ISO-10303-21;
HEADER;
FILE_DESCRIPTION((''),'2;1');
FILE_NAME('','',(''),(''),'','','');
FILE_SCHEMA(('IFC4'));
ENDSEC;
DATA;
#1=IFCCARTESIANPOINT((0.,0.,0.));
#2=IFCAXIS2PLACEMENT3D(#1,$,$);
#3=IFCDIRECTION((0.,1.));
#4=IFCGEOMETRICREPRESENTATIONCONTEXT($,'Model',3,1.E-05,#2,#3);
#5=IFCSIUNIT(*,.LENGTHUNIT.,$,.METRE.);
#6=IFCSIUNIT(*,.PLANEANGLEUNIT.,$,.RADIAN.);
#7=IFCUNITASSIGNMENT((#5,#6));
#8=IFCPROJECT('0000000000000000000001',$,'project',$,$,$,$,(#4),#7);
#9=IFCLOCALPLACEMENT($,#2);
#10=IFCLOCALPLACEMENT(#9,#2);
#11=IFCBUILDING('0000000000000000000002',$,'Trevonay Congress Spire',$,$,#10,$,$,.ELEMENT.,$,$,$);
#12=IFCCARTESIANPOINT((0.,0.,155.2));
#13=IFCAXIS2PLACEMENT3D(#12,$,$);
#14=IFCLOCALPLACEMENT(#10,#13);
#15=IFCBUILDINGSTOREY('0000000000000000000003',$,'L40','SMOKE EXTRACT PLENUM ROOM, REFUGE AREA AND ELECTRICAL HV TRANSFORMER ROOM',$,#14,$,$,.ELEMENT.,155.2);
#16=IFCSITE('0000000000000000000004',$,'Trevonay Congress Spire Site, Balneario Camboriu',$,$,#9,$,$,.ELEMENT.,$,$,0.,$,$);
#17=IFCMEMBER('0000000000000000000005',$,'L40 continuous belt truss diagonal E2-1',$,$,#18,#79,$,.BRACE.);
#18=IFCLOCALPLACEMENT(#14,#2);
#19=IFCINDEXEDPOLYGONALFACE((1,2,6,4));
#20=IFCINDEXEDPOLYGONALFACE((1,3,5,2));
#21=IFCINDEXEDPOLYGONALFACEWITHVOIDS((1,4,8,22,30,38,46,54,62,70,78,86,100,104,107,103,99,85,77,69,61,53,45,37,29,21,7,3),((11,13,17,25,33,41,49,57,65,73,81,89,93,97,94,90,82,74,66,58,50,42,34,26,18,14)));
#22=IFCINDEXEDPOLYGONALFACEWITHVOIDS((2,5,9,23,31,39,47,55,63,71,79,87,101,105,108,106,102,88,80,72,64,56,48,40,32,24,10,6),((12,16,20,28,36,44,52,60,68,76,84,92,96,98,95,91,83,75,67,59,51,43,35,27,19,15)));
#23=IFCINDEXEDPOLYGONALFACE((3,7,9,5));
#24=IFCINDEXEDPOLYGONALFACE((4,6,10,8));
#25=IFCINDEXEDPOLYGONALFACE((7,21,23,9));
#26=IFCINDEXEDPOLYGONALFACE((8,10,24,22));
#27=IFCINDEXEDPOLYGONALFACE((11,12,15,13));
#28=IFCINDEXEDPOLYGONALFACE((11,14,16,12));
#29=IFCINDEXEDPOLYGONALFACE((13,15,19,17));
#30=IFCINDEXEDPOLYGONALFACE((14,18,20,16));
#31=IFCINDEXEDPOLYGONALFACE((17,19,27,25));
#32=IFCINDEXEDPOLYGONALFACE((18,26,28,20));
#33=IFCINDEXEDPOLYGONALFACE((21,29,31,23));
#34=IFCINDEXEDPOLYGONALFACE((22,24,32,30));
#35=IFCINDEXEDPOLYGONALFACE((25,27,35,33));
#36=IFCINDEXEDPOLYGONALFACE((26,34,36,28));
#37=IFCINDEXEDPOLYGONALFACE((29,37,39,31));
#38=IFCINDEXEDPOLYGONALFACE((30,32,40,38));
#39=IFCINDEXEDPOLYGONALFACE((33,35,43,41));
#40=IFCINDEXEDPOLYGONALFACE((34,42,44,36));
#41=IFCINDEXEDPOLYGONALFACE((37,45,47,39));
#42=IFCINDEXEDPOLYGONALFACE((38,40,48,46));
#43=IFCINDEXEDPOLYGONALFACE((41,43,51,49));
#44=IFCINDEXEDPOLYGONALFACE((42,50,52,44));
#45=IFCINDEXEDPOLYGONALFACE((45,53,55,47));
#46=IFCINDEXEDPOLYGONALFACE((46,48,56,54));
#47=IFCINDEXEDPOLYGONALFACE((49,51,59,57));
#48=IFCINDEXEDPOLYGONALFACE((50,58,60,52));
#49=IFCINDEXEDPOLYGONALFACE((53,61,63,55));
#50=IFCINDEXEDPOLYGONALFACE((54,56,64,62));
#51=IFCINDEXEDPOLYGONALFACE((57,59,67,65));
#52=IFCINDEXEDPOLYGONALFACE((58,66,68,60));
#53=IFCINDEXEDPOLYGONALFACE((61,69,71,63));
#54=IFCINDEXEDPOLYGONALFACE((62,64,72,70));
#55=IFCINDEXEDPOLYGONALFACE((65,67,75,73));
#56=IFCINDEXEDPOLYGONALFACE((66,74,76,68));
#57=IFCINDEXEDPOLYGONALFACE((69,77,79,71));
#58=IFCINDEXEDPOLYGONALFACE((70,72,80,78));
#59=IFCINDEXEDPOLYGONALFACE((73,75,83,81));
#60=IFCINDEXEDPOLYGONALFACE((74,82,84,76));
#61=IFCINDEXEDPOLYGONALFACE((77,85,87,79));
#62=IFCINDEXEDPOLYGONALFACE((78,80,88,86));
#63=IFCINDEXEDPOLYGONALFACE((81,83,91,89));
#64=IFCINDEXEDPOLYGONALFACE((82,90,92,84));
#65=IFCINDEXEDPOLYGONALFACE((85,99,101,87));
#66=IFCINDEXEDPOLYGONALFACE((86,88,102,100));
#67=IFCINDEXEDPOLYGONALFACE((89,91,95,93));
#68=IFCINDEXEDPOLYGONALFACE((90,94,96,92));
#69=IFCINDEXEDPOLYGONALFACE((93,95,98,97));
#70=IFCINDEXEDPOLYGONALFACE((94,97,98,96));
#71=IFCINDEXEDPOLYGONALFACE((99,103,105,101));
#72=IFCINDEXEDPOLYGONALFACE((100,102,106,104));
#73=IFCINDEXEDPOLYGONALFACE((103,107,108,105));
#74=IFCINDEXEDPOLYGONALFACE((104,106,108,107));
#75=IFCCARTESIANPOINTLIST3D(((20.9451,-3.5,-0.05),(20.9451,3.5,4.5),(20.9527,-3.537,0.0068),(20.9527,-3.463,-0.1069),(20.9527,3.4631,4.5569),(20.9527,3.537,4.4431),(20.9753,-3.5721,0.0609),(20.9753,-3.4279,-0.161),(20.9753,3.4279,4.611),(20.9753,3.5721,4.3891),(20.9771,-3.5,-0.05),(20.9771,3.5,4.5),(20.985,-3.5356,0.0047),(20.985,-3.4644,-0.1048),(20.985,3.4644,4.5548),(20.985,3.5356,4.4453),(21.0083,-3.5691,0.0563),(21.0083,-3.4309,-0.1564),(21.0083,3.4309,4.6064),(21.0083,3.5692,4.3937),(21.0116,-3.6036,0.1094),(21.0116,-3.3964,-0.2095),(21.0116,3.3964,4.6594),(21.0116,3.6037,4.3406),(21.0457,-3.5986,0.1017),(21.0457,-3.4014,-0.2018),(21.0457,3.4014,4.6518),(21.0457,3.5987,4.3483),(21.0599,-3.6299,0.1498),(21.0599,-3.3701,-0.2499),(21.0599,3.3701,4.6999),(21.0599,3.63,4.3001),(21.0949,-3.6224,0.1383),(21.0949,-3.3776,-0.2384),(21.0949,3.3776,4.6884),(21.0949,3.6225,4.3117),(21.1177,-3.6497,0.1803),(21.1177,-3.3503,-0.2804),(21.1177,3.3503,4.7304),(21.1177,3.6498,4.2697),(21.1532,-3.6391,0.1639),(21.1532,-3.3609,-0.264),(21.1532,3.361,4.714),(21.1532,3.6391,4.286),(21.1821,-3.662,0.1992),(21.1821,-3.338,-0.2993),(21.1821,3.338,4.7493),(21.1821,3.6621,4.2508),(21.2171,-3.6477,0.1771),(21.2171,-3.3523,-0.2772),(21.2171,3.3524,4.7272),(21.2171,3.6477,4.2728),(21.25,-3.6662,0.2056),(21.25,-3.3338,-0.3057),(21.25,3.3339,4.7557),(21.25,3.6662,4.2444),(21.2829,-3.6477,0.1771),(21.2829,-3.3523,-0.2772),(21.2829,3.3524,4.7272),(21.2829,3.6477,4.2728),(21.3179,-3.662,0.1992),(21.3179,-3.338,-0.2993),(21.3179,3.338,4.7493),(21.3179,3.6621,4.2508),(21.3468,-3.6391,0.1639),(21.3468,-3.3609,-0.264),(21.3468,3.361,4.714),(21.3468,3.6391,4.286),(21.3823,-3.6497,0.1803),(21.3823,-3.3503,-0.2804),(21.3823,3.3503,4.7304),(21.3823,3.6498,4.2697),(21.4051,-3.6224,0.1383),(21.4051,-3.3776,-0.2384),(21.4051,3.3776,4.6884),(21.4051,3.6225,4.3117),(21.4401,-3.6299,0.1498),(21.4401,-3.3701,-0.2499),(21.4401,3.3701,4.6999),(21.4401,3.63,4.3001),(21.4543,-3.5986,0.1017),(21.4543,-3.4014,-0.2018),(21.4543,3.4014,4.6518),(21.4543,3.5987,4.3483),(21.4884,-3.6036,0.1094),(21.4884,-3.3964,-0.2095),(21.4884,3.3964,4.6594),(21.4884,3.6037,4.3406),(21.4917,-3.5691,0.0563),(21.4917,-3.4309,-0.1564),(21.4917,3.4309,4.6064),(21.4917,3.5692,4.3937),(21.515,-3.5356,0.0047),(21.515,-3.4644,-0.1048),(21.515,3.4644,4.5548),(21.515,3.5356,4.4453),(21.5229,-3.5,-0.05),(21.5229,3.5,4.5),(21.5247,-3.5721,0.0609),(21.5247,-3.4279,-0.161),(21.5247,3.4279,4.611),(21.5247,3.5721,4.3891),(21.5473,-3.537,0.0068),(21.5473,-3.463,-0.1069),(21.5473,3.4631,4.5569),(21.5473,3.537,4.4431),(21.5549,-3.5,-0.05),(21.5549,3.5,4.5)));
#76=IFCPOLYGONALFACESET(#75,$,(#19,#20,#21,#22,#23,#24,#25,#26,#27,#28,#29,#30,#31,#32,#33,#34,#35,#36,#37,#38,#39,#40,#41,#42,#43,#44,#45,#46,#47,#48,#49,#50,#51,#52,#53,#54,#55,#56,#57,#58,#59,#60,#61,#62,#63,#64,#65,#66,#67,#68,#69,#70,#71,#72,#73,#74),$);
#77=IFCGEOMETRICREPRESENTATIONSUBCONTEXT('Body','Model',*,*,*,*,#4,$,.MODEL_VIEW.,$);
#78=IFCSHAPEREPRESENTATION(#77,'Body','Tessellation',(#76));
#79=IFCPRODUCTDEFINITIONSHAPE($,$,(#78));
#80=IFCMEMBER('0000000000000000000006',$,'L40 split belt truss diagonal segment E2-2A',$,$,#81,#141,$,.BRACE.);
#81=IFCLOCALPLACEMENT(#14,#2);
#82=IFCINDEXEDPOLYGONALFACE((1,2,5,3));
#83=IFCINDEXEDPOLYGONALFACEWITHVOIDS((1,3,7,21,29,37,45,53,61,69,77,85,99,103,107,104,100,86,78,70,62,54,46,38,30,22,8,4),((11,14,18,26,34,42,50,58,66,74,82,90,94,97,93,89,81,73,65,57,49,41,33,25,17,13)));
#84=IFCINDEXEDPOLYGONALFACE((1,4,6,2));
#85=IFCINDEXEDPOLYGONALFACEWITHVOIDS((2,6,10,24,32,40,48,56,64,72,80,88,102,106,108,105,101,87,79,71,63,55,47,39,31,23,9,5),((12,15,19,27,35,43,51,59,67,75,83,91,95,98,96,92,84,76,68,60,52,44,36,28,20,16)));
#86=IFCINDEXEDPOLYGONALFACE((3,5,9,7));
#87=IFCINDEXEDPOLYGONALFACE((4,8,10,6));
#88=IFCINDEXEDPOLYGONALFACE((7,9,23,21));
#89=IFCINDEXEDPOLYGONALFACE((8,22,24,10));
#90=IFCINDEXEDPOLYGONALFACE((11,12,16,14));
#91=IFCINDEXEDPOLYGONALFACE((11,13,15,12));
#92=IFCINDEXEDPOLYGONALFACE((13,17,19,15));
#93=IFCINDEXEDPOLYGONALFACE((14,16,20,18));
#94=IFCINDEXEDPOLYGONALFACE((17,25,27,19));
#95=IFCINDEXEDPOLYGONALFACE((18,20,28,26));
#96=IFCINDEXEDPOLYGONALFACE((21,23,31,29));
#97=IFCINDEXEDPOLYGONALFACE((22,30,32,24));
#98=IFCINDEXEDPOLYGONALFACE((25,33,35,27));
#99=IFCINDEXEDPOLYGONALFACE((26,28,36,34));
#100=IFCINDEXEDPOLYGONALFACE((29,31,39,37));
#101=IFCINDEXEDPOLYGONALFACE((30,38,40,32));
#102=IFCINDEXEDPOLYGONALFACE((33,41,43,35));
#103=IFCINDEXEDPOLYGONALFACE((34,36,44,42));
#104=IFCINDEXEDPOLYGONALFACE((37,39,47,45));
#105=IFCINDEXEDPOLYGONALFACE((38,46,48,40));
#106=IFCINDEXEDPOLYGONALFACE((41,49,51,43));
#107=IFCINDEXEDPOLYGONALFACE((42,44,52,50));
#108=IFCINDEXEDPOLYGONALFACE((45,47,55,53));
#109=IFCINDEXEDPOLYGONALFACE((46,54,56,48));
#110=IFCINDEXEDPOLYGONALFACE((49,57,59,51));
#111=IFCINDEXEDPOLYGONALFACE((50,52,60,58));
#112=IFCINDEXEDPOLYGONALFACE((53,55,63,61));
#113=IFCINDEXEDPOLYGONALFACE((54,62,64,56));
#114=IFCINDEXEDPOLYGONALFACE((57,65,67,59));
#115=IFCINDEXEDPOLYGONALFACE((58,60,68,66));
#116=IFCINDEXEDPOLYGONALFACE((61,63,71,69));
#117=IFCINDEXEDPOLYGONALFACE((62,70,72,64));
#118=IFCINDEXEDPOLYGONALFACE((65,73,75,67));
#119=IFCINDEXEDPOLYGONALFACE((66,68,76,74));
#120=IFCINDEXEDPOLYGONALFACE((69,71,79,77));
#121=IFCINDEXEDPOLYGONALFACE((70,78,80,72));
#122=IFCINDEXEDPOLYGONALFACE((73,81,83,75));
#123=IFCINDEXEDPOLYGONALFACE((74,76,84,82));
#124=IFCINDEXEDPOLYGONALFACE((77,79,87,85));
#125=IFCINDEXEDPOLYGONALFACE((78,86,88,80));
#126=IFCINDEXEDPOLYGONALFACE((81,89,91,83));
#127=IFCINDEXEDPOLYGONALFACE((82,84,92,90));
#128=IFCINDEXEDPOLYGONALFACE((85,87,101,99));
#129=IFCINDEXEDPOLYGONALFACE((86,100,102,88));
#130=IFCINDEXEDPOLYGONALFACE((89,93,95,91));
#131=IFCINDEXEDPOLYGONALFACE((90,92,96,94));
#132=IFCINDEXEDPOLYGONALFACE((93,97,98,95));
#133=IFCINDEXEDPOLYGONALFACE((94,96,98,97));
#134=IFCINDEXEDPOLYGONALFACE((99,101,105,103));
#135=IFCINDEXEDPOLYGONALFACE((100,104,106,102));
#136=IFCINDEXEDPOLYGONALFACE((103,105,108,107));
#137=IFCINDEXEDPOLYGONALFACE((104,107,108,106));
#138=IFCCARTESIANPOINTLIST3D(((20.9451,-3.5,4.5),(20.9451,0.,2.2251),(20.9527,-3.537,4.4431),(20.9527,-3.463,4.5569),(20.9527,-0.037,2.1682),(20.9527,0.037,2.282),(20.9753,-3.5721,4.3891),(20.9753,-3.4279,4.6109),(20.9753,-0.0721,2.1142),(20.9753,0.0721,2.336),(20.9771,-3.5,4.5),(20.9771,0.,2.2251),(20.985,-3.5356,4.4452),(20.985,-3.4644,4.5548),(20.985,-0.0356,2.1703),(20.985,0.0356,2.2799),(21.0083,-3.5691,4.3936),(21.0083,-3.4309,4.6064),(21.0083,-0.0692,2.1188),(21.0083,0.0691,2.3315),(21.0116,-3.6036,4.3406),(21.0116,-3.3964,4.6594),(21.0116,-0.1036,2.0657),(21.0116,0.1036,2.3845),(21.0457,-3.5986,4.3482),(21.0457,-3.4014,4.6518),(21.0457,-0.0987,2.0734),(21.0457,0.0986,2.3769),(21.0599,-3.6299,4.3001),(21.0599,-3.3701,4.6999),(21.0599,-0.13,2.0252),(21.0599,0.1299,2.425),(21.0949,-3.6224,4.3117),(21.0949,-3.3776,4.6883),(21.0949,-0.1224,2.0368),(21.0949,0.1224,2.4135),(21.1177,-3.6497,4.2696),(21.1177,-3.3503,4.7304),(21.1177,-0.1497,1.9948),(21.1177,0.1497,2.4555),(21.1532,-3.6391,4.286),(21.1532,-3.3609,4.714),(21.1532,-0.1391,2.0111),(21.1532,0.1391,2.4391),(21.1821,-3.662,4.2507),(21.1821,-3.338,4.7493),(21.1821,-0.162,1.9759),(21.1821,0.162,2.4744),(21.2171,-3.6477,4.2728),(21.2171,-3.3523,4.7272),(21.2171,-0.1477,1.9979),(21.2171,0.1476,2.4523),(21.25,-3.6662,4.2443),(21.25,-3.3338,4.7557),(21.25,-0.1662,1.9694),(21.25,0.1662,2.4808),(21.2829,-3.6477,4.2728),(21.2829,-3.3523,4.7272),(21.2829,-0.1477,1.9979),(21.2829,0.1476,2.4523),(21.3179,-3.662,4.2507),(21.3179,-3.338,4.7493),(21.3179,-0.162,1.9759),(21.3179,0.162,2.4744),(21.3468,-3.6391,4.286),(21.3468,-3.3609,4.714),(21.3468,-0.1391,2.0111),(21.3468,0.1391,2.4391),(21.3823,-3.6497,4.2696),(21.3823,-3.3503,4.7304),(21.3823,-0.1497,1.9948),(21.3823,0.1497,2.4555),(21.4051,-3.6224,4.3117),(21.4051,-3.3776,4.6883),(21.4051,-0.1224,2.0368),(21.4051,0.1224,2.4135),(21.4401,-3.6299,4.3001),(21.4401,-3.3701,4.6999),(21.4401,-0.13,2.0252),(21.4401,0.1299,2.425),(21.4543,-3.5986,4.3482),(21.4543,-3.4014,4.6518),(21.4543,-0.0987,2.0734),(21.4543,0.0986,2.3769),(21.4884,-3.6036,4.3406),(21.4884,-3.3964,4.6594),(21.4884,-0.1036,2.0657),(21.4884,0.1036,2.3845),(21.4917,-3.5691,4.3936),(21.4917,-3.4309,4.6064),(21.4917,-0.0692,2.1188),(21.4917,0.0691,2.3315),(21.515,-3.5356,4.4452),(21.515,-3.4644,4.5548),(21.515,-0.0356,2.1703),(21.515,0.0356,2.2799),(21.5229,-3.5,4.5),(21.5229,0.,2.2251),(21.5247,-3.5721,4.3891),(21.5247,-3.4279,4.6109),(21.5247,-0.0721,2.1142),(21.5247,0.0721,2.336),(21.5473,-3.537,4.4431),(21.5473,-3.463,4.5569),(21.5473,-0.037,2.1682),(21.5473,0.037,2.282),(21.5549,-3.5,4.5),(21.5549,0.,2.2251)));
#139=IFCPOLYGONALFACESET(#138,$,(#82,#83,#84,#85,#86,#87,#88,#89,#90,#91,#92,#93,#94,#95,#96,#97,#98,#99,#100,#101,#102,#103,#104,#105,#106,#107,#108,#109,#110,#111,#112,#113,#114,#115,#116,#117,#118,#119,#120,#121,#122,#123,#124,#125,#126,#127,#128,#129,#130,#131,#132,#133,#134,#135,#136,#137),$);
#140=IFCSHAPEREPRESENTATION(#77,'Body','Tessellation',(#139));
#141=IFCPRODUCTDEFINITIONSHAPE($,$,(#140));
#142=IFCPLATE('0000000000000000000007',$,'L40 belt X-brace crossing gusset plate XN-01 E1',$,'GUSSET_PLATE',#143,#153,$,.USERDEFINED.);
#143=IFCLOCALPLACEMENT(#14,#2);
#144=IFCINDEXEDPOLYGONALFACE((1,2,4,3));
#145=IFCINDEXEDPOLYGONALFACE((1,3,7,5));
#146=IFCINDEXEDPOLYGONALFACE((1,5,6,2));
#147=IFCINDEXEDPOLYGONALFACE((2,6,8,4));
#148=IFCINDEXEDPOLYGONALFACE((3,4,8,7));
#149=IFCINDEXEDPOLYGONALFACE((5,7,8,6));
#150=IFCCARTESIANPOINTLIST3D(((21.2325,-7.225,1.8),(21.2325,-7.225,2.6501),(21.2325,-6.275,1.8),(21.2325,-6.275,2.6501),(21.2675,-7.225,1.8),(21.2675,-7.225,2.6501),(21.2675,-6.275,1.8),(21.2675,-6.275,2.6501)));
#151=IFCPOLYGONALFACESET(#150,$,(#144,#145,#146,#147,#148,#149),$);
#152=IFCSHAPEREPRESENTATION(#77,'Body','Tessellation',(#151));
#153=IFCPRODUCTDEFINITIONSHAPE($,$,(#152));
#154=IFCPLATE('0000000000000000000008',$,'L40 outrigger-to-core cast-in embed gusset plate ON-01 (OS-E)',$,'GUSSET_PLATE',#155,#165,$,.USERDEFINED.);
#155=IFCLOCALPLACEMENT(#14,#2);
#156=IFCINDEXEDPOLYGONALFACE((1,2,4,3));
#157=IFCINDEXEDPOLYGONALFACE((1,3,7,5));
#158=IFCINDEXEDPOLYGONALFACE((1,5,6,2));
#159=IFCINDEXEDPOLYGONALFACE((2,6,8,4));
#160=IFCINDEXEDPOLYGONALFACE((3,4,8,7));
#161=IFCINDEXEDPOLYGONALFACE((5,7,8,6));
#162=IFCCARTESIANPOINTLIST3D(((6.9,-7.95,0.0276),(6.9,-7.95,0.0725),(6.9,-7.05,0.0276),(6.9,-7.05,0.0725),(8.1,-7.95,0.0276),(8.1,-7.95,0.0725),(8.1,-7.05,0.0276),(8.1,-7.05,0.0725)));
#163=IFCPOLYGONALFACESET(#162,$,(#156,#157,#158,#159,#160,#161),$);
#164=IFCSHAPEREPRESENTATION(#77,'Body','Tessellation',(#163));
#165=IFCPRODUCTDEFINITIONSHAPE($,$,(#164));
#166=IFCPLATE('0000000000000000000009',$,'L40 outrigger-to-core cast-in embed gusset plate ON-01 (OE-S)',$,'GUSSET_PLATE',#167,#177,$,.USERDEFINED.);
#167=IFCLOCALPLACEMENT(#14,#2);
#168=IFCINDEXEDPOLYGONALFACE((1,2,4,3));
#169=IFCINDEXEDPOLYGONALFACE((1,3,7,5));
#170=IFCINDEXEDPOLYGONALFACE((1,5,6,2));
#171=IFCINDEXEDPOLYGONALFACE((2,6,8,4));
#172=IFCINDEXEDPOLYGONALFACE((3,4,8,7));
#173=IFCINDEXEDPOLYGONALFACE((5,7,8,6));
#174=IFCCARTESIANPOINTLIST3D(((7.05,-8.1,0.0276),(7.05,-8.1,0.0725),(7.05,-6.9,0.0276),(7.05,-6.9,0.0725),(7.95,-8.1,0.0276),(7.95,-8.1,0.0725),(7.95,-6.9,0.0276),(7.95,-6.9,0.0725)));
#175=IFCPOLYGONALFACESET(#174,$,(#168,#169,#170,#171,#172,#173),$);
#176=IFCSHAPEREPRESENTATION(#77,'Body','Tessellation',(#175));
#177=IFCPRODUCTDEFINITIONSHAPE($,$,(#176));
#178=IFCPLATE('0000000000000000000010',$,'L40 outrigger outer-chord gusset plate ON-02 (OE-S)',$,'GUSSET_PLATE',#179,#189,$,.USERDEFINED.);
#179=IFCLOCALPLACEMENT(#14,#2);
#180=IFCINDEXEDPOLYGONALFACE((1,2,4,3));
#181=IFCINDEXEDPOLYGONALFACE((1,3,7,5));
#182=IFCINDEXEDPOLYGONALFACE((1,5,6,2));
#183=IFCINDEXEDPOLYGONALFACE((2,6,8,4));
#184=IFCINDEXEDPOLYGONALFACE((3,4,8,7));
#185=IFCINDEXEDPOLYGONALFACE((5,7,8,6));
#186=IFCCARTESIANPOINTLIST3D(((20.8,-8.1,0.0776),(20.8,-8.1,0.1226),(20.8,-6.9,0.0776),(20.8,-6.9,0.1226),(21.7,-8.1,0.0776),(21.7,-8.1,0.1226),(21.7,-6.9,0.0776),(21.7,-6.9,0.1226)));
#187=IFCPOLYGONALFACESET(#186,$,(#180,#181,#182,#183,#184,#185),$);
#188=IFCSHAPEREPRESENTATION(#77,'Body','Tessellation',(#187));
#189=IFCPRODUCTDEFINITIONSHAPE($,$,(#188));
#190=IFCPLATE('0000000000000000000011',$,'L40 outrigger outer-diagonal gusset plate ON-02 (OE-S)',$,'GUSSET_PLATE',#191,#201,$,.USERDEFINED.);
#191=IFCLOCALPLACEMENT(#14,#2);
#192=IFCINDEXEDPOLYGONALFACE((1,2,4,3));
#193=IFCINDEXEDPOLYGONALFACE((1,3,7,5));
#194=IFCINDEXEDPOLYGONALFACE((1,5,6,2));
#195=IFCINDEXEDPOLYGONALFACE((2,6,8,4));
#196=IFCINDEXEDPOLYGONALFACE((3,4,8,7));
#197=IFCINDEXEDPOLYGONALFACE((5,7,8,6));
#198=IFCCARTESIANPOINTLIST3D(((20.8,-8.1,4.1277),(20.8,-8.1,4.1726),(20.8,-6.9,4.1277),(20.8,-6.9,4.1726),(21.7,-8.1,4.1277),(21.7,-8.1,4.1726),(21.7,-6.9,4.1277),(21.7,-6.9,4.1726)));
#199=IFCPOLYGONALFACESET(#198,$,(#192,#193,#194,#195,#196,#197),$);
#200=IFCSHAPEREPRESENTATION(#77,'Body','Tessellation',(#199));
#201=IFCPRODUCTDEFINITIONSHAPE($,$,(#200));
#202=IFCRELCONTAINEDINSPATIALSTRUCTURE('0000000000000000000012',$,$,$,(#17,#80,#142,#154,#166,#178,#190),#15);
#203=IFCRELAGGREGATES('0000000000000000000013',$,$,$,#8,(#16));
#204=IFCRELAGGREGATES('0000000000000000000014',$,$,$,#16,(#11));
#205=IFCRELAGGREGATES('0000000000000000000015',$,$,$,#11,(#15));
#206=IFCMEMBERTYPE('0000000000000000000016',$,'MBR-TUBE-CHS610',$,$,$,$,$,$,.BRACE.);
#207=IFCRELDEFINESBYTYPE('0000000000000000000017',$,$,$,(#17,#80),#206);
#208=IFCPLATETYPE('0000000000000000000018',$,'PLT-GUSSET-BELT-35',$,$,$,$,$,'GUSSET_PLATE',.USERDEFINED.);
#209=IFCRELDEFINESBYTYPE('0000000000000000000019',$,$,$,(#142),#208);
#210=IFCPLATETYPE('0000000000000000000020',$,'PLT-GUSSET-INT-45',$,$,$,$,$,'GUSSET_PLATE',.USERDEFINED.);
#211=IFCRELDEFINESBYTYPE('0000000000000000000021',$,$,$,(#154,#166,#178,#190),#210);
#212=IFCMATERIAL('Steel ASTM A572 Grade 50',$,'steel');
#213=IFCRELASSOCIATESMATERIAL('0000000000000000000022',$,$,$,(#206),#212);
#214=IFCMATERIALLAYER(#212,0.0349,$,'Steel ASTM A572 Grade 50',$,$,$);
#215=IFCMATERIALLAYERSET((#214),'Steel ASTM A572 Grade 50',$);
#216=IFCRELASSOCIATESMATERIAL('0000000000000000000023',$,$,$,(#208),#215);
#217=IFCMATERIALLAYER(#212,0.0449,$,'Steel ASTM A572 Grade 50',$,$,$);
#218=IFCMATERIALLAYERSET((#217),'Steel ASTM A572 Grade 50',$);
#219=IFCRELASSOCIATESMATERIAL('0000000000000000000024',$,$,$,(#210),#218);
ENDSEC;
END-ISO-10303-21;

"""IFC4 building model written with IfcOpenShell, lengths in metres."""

from ifc_helpers import new_model, si_unit, direction, frame, origin, origin_2d, place, context, subcontext, project, spatial, rectangle, hollow_circle, extrude, material, layer, layer_set, material_profile, profile_set, type_object, element, save


model = new_model("IFC4")

# Units and contexts
model_context = context("Model", 3, precision=1e-05, world=origin(), true_north=direction((0.0, 1.0)))
body_context = subcontext(model_context, "Body", "Model", "MODEL_VIEW")
ifc_project = project(units=[si_unit("LENGTHUNIT", "METRE"), si_unit("PLANEANGLEUNIT", "RADIAN")], contexts=[model_context])

# Site, building, storey
site_placement = place(None, origin())
site = spatial("IfcSite", under=ifc_project, at=site_placement, Name="Trevonay Congress Spire Site, Balneario Camboriu", CompositionType="ELEMENT", RefElevation=0.0)
building_placement = place(site_placement, origin())
building = spatial("IfcBuilding", under=site, at=building_placement, Name="Trevonay Congress Spire", CompositionType="ELEMENT")
storey_placement = place(building_placement, frame((0.0, 0.0, 155.2)))
storey = spatial("IfcBuildingStorey", under=building, at=storey_placement, Name="L40", Description="SMOKE EXTRACT PLENUM ROOM, REFUGE AREA AND ELECTRICAL HV TRANSFORMER ROOM", CompositionType="ELEMENT", Elevation=155.2)

# Shared definitions
ifc_material_1 = material(Name="Steel ASTM A572 Grade 50", Category="steel")

# Members
ifc_material_profile_1 = material_profile(ifc_material_1, hollow_circle(Radius=0.3049, WallThickness=0.032, at=origin_2d()), Name="CHS 610x32")
ifc_profile_set_1 = profile_set([ifc_material_profile_1], Name="Steel ASTM A572 Grade 50")
member_type_1 = type_object("IfcMemberType", Name="MBR-TUBE-CHS610", PredefinedType="BRACE", material=ifc_profile_set_1)
member_1_placement = place(storey_placement, frame((21.25, -3.5, -0.05), z_axis=(0.0, 0.838441, 0.544992), x_axis=(-1.0, 0.0, 0.0)))
element("IfcMember", 1, at=member_1_placement, inside=storey, type_object=member_type_1, Name="L40 continuous belt truss diagonal E2-1", PredefinedType="BRACE", context=body_context, shape_type="SweptSolid", body=[
    extrude(hollow_circle(Radius=0.3049, WallThickness=0.032, at=origin_2d()), origin(), (0.0, 0.0, 1.0), 8.3489),
])
member_2_placement = place(storey_placement, frame((21.25, -3.5, 4.5), z_axis=(0.0, 0.838454, -0.544972), x_axis=(-1.0, 0.0, 0.0)))
element("IfcMember", 2, at=member_2_placement, inside=storey, type_object=member_type_1, Name="L40 split belt truss diagonal segment E2-2A", PredefinedType="BRACE", context=body_context, shape_type="SweptSolid", body=[
    extrude(hollow_circle(Radius=0.3049, WallThickness=0.032, at=origin_2d()), origin(), (0.0, 0.0, 1.0), 4.1743),
])

# Plates
ifc_layer_1 = layer(ifc_material_1, 0.0349, Name="Steel ASTM A572 Grade 50")
ifc_layer_set_1 = layer_set([ifc_layer_1], Name="Steel ASTM A572 Grade 50")
plate_type_1 = type_object("IfcPlateType", Name="PLT-GUSSET-BELT-35", ElementType="GUSSET_PLATE", PredefinedType="USERDEFINED", material=ifc_layer_set_1)
plate_placement = place(storey_placement, frame((21.25, -6.75, 1.8), z_axis=(0.0, 0.0, 1.0), x_axis=(1.0, 0.0, 0.0)))
element("IfcPlate", 3, at=plate_placement, inside=storey, type_object=plate_type_1, Name="L40 belt X-brace crossing gusset plate XN-01 E1", ObjectType="GUSSET_PLATE", PredefinedType="USERDEFINED", context=body_context, shape_type="SweptSolid", body=[
    extrude(rectangle(XDim=0.0349, YDim=0.95, at=origin_2d()), origin(), (0.0, 0.0, 1.0), 0.8501),
])
ifc_layer_2 = layer(ifc_material_1, 0.0449, Name="Steel ASTM A572 Grade 50")
ifc_layer_set_2 = layer_set([ifc_layer_2], Name="Steel ASTM A572 Grade 50")
plate_type_2 = type_object("IfcPlateType", Name="PLT-GUSSET-INT-45", ElementType="GUSSET_PLATE", PredefinedType="USERDEFINED", material=ifc_layer_set_2)
for number, where, z_axis, x_axis, name in (
    (4, (7.5, -7.5, 0.0276), (0.0, 0.0, 1.0), (1.0, 0.0, 0.0), "L40 outrigger-to-core cast-in embed gusset plate ON-01 (OS-E)"),
    (5, (7.5, -7.5, 0.0276), (0.0, 0.0, 1.0), (0.0, 1.0, 0.0), "L40 outrigger-to-core cast-in embed gusset plate ON-01 (OE-S)"),
    (6, (21.25, -7.5, 0.0776), (0.0, 0.0, 1.0), (0.0, 1.0, 0.0), "L40 outrigger outer-chord gusset plate ON-02 (OE-S)"),
    (7, (21.25, -7.5, 4.1277), (0.0, 0.0, 1.0), (0.0, 1.0, 0.0), "L40 outrigger outer-diagonal gusset plate ON-02 (OE-S)"),
):
    element("IfcPlate", number, at=place(storey_placement, frame(where, z_axis=z_axis, x_axis=x_axis)), inside=storey, type_object=plate_type_2, Name=name, ObjectType="GUSSET_PLATE", PredefinedType="USERDEFINED", context=body_context, shape_type="SweptSolid", body=[
        extrude(rectangle(XDim=1.2, YDim=0.8999, at=origin_2d()), origin(), (0.0, 0.0, 1.0), 0.0449),
    ])

save(model, "model.ifc")
